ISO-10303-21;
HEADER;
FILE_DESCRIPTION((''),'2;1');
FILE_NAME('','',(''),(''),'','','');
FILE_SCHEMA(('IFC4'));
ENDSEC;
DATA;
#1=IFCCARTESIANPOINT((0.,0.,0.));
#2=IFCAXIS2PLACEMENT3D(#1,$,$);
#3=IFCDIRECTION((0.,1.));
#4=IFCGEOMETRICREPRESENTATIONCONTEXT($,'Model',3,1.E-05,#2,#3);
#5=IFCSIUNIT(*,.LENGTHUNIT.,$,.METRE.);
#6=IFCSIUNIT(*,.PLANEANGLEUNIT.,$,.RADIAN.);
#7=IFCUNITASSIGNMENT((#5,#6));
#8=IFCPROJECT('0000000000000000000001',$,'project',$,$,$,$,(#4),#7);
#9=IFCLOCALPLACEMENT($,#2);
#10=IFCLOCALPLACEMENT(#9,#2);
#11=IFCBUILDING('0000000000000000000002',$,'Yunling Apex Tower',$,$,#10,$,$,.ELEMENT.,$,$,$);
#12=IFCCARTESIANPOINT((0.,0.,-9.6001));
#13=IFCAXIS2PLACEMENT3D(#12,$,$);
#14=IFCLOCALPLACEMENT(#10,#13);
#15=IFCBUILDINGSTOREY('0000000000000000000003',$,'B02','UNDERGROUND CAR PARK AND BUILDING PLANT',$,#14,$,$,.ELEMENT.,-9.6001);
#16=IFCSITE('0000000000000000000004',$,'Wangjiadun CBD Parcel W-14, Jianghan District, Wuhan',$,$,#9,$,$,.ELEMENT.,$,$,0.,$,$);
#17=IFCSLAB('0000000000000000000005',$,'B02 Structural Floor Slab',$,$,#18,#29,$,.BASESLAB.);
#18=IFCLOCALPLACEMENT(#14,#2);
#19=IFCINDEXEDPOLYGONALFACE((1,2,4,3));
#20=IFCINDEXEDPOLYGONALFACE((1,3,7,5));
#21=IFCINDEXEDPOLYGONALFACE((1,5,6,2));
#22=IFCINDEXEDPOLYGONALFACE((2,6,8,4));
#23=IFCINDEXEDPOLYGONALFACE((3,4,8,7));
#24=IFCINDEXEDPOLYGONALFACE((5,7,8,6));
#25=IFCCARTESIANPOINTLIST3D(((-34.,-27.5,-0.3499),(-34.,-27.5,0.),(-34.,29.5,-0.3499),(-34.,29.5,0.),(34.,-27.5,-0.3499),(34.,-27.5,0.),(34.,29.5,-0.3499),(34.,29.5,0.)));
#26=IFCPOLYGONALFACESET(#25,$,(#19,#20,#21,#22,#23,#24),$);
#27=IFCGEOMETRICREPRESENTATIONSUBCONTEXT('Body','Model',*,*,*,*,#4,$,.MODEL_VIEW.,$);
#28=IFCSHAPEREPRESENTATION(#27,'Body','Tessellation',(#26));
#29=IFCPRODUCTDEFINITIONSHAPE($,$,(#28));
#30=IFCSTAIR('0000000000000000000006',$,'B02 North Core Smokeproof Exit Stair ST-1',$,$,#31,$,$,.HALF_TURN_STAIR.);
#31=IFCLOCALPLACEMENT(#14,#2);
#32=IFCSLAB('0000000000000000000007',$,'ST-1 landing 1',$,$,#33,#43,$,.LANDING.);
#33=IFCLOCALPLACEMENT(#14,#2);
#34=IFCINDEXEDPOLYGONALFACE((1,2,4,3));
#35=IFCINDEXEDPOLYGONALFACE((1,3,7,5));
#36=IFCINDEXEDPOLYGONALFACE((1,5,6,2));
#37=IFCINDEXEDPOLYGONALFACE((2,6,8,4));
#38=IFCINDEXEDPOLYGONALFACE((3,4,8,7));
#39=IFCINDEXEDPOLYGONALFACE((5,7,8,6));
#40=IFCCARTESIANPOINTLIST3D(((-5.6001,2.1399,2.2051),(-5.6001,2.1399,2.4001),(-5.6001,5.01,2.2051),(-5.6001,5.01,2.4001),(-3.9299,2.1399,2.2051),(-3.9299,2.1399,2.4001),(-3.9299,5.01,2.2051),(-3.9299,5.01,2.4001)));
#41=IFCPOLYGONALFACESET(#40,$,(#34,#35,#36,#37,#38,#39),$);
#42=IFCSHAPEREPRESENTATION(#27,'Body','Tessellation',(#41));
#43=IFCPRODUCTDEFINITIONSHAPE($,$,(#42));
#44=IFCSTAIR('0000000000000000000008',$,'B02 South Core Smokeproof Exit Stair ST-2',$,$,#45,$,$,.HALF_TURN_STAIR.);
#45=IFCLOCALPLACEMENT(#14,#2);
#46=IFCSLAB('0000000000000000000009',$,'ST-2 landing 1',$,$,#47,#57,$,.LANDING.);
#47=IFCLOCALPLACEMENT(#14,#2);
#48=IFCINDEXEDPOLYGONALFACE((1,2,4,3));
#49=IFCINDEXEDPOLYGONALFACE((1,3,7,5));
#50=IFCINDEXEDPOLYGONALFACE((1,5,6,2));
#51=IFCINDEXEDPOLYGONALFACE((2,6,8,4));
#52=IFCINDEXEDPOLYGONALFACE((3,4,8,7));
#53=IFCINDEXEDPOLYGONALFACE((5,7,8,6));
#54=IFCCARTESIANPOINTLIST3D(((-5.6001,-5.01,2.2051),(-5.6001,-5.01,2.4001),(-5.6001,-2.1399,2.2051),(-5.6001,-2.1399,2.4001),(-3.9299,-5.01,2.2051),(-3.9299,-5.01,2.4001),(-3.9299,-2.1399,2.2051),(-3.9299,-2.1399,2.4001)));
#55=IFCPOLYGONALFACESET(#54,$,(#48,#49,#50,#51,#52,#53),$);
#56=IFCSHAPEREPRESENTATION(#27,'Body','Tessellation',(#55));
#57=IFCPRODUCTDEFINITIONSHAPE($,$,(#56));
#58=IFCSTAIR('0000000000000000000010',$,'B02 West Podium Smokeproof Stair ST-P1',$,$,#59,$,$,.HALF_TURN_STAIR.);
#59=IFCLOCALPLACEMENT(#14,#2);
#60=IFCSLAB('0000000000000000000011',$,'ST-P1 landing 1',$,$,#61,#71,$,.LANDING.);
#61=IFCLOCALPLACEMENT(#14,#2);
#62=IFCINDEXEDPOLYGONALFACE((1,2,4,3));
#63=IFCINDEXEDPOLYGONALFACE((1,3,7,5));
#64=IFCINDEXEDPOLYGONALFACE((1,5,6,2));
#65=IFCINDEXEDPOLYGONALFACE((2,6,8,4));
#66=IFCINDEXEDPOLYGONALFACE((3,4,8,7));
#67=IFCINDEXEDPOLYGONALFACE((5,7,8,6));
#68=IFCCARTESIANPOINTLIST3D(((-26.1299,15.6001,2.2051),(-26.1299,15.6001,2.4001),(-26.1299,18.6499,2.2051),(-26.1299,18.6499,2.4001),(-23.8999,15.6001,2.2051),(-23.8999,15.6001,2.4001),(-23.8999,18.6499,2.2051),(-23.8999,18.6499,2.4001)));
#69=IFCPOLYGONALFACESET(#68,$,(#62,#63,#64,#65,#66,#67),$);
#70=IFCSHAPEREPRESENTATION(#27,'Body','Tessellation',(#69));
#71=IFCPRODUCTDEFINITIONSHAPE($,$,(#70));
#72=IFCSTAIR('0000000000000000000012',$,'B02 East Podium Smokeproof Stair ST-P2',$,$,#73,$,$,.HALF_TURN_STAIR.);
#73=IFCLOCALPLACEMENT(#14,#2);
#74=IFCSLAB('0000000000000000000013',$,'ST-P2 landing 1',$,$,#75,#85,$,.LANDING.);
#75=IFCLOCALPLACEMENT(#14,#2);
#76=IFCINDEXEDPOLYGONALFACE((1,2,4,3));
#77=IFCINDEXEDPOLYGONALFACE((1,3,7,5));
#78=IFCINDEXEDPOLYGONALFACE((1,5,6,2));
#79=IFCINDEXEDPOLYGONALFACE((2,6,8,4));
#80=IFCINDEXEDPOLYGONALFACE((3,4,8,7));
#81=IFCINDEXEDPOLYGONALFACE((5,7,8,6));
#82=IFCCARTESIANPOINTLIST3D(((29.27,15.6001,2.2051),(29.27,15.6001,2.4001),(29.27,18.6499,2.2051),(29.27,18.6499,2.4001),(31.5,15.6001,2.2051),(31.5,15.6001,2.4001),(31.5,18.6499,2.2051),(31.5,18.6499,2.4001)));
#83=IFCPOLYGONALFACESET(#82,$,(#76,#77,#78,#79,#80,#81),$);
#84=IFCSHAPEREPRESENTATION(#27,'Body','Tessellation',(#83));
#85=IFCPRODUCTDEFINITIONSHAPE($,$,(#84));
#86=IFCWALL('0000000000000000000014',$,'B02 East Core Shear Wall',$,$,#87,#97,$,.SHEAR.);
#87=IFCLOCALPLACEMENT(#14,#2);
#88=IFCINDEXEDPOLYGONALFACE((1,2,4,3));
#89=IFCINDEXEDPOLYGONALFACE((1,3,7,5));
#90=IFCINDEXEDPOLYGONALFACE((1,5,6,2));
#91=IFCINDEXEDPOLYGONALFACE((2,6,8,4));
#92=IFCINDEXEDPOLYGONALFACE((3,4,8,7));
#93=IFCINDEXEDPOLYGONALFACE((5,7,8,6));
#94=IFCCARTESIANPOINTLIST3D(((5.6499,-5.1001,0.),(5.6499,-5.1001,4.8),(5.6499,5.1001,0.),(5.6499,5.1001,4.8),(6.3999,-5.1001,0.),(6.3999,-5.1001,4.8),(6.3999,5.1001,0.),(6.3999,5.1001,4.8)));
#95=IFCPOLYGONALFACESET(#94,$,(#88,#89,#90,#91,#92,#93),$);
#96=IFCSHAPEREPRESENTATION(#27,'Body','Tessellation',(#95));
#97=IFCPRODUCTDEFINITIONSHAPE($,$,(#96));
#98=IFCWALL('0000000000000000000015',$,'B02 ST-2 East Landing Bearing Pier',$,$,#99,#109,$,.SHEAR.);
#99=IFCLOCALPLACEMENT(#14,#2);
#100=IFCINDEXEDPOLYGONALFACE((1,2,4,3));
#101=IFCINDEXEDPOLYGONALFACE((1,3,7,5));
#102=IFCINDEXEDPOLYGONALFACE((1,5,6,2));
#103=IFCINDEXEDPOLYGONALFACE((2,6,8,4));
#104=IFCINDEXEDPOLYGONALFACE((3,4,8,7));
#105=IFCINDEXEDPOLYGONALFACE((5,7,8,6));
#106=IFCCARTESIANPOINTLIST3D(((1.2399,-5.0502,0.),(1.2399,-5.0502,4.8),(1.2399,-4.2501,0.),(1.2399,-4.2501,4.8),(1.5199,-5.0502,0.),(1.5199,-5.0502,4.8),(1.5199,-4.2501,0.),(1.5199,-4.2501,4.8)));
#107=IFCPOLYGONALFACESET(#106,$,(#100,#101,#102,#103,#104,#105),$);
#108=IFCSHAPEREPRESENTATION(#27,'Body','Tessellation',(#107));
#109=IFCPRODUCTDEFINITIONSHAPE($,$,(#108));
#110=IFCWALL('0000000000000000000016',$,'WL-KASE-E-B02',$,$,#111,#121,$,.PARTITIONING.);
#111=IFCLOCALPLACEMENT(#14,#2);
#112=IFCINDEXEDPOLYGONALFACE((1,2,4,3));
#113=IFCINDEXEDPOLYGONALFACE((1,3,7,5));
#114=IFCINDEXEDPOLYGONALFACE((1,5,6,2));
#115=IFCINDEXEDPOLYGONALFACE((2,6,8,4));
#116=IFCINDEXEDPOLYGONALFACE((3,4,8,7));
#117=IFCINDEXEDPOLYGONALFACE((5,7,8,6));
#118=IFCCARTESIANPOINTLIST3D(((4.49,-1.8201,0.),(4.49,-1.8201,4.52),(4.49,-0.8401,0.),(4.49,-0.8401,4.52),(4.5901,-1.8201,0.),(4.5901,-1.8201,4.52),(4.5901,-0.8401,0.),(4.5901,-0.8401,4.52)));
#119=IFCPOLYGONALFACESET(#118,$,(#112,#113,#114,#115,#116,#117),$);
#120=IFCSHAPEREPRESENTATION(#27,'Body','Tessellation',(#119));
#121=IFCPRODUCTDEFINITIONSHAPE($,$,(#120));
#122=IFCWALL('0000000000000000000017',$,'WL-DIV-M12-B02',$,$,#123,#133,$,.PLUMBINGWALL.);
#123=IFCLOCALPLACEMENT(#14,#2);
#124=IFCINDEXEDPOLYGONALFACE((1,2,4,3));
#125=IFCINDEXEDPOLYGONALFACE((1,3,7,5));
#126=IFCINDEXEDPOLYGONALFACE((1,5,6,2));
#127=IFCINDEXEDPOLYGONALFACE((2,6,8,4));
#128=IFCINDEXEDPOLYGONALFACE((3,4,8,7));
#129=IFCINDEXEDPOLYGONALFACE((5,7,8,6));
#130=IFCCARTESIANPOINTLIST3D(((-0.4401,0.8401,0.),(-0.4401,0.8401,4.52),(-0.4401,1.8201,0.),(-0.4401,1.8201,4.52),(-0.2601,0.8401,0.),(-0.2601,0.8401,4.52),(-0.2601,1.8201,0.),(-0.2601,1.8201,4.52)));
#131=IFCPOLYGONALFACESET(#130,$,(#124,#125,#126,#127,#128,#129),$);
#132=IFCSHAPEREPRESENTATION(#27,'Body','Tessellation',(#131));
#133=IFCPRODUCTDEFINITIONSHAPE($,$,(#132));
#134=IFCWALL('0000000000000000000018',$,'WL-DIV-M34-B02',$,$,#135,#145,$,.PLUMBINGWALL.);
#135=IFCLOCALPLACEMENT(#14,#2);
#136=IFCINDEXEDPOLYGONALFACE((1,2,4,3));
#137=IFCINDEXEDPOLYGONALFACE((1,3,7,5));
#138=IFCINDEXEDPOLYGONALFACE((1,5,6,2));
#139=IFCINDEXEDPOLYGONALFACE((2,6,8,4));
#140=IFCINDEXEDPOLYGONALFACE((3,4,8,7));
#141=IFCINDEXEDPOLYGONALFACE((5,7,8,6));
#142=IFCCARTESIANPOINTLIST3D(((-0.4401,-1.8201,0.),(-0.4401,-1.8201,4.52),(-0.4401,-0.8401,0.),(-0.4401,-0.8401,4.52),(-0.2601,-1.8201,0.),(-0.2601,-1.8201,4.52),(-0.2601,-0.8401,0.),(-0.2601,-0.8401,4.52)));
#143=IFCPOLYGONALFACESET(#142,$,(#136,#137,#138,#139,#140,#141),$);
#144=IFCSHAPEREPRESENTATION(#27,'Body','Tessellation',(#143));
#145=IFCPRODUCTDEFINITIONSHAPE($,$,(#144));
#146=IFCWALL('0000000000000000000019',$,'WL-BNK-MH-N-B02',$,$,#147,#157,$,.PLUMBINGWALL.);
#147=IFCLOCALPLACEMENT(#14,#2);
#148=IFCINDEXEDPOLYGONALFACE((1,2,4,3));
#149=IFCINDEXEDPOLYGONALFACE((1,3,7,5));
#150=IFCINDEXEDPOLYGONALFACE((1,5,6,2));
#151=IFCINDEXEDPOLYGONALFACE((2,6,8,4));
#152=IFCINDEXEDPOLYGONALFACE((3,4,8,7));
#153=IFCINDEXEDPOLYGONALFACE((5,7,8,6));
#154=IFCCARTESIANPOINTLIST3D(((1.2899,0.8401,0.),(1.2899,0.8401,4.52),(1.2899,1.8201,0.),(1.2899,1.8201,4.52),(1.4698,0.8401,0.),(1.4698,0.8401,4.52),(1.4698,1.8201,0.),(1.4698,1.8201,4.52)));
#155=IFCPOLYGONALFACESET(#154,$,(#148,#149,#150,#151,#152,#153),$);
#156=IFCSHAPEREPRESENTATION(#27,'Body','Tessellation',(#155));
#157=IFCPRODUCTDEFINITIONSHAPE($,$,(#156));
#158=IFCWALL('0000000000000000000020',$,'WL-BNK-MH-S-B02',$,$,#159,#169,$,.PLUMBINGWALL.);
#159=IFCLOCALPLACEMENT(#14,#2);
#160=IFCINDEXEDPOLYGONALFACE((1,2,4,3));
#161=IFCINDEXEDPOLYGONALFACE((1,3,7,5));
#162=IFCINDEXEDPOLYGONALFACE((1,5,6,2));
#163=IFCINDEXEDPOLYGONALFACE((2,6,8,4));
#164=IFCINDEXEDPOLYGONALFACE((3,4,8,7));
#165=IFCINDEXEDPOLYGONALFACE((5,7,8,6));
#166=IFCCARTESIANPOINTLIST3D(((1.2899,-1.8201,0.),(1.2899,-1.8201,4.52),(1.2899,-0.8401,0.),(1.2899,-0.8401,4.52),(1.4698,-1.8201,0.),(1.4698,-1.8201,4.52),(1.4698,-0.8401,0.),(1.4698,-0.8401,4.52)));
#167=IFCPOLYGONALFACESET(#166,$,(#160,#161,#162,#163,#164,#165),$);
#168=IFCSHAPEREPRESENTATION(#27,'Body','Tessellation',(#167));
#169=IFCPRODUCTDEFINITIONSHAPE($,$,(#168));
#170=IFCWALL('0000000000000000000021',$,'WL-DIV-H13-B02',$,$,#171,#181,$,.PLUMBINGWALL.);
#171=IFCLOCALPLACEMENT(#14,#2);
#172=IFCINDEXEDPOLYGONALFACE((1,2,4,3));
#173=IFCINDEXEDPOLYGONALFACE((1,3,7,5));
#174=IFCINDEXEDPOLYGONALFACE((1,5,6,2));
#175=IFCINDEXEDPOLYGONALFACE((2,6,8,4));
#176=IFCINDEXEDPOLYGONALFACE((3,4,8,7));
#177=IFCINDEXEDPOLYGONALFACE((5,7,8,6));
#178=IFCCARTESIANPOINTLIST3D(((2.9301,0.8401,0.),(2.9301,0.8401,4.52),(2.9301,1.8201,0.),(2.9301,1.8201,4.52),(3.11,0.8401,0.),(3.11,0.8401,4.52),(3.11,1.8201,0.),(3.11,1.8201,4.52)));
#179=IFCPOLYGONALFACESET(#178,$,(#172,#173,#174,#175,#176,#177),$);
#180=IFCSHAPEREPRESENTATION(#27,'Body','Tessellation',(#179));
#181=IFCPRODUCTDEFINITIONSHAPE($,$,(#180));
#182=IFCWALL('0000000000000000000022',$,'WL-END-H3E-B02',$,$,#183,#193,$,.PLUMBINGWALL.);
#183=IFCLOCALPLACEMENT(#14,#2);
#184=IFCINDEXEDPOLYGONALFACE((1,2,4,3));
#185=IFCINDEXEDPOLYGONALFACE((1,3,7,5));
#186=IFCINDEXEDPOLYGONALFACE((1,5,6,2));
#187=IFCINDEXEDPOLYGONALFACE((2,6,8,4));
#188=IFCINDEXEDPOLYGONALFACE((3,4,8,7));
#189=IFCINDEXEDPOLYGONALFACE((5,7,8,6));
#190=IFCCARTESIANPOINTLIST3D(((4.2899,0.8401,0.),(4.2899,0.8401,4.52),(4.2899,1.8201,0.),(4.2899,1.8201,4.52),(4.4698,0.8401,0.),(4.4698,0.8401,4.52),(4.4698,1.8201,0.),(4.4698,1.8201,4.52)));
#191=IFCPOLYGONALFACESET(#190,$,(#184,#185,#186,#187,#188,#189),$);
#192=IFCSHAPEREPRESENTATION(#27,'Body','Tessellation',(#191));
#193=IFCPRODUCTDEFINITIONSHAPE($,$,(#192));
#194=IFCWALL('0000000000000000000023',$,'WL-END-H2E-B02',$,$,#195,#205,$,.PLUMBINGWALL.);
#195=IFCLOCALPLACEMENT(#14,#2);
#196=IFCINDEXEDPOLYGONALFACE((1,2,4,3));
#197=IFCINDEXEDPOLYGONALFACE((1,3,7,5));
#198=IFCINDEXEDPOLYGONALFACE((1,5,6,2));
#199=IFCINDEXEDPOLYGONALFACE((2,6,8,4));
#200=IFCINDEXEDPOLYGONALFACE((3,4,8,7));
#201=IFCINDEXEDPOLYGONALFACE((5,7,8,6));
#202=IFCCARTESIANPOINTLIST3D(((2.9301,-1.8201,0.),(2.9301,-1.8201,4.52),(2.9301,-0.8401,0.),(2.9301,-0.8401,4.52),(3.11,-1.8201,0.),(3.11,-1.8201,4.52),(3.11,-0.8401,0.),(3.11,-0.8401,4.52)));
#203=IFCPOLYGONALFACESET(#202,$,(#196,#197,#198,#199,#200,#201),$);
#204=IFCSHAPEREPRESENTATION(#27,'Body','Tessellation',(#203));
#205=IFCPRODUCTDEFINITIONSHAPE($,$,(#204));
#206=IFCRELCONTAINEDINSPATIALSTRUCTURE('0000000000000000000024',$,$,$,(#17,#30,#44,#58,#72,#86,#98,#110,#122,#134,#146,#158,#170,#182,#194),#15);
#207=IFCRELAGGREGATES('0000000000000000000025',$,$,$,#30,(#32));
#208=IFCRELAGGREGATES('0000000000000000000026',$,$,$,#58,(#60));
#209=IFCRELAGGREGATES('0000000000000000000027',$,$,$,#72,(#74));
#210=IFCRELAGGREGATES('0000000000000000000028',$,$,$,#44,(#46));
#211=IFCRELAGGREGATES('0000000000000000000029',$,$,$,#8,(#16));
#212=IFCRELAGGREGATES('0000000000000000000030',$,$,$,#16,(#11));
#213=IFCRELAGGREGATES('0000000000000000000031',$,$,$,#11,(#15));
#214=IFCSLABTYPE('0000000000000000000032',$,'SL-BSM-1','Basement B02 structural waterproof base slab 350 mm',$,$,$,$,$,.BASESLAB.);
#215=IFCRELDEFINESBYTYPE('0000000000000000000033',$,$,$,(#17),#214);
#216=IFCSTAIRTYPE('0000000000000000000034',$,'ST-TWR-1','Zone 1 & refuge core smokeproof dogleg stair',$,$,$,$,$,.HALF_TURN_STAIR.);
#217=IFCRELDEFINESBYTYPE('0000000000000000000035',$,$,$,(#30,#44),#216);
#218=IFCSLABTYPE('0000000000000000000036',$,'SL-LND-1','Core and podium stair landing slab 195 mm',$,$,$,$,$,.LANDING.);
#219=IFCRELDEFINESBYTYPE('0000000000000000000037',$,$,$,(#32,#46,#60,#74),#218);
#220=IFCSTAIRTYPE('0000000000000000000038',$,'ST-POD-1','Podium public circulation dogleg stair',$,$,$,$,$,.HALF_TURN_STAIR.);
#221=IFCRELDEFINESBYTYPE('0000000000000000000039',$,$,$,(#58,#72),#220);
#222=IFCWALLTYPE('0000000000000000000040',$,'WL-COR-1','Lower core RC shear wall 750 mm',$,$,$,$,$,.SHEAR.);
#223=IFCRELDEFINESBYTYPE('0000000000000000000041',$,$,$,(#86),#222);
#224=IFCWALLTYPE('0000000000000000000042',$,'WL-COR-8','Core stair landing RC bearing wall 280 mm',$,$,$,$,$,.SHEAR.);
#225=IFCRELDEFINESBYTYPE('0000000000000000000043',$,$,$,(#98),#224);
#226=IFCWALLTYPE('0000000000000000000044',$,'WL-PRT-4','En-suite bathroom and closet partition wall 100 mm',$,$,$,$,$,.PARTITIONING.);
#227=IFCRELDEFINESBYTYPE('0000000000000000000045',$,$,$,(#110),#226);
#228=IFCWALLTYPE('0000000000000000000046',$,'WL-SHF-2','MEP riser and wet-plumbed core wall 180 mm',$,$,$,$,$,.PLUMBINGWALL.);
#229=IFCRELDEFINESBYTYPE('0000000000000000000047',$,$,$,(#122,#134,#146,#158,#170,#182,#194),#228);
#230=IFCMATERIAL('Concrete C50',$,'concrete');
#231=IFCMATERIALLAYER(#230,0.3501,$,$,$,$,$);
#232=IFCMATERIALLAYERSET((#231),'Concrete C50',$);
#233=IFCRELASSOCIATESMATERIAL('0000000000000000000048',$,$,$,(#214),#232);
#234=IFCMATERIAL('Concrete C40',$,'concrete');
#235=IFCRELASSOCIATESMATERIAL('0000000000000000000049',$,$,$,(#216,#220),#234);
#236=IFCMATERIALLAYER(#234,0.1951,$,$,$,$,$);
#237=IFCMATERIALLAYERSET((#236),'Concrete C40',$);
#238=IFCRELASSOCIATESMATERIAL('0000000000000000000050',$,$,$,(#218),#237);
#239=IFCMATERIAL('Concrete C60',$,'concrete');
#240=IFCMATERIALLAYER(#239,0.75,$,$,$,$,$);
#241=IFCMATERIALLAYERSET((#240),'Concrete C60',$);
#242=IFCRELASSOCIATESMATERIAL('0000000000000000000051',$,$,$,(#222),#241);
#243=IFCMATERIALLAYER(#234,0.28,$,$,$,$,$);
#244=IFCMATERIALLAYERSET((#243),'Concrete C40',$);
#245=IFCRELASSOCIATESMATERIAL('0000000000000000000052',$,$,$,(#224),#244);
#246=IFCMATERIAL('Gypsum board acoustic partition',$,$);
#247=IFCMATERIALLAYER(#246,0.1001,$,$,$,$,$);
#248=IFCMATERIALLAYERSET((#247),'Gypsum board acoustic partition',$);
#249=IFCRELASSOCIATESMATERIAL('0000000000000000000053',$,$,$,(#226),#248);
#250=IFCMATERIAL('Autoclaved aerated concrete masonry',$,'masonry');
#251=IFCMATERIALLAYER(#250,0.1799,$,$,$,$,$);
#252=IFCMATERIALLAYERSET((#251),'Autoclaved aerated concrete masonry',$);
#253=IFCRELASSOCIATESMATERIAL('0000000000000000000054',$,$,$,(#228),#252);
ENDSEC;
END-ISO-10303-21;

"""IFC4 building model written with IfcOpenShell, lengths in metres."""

from ifc_helpers import new_model, si_unit, direction, frame, frame_2d, origin, place, context, subcontext, project, spatial, polyline, rectangle, outline, extrude, material, layer, layer_set, type_object, element, aggregate, save


model = new_model("IFC4")

# Units and contexts
model_context = context("Model", 3, precision=1e-05, world=origin(), true_north=direction((0.0, 1.0)))
body_context = subcontext(model_context, "Body", "Model", "MODEL_VIEW")
ifc_project = project(units=[si_unit("LENGTHUNIT", "METRE"), si_unit("PLANEANGLEUNIT", "RADIAN")], contexts=[model_context])

# Site, building, storey
site_placement = place(None, origin())
site = spatial("IfcSite", under=ifc_project, at=site_placement, Name="Wangjiadun CBD Parcel W-14, Jianghan District, Wuhan", CompositionType="ELEMENT", RefElevation=0.0)
building_placement = place(site_placement, origin())
building = spatial("IfcBuilding", under=site, at=building_placement, Name="Yunling Apex Tower", CompositionType="ELEMENT")
storey_placement = place(building_placement, frame((0.0, 0.0, -9.6001)))
storey = spatial("IfcBuildingStorey", under=building, at=storey_placement, Name="B02", Description="UNDERGROUND CAR PARK AND BUILDING PLANT", CompositionType="ELEMENT", Elevation=-9.6001)

# Shared definitions
ifc_material_1 = material(Name="Concrete C50", Category="concrete")

# Slab
ifc_layer_1 = layer(ifc_material_1, 0.3501)
ifc_layer_set_1 = layer_set([ifc_layer_1], Name="Concrete C50")
slab_type_1 = type_object("IfcSlabType", Name="SL-BSM-1", Description="Basement B02 structural waterproof base slab 350 mm", PredefinedType="BASESLAB", material=ifc_layer_set_1)
slab_1_placement = place(storey_placement, frame((0.0, 0.0, -0.3499)))
element("IfcSlab", 1, at=slab_1_placement, inside=storey, type_object=slab_type_1, Name="B02 Structural Floor Slab", PredefinedType="BASESLAB", context=body_context, shape_type="SweptSolid", body=[
    extrude(outline(polyline([(-34.0, -27.5), (34.0, -27.5), (34.0, 29.5), (-34.0, 29.5), (-34.0, -27.5)])), origin(), (0.0, 0.0, 1.0), 0.3499),
])

# Stairs, slabs
ifc_material_2 = material(Name="Concrete C40", Category="concrete")
stair_type_1 = type_object("IfcStairType", Name="ST-TWR-1", Description="Zone 1 & refuge core smokeproof dogleg stair", PredefinedType="HALF_TURN_STAIR", material=ifc_material_2)
stair_1_placement = place(storey_placement, origin())
stair_1 = element("IfcStair", 2, at=stair_1_placement, inside=storey, type_object=stair_type_1, Name="B02 North Core Smokeproof Exit Stair ST-1", PredefinedType="HALF_TURN_STAIR")
ifc_layer_2 = layer(ifc_material_2, 0.1951)
ifc_layer_set_2 = layer_set([ifc_layer_2], Name="Concrete C40")
slab_type_2 = type_object("IfcSlabType", Name="SL-LND-1", Description="Core and podium stair landing slab 195 mm", PredefinedType="LANDING", material=ifc_layer_set_2)
slab_2_placement = place(storey_placement, frame((0.0, 0.0, 2.2051)))
slab_2 = element("IfcSlab", 3, at=slab_2_placement, type_object=slab_type_2, Name="ST-1 landing 1", PredefinedType="LANDING", context=body_context, shape_type="SweptSolid", body=[
    extrude(outline(polyline([(-3.9299, 5.01), (-5.6001, 5.01), (-5.6001, 2.1399), (-3.9299, 2.1399), (-3.9299, 5.01)])), origin(), (0.0, 0.0, 1.0), 0.1951),
])
aggregate(stair_1, [slab_2])
stair_2_placement = place(storey_placement, origin())
stair_2 = element("IfcStair", 4, at=stair_2_placement, inside=storey, type_object=stair_type_1, Name="B02 South Core Smokeproof Exit Stair ST-2", PredefinedType="HALF_TURN_STAIR")
slab_3_placement = place(storey_placement, frame((0.0, 0.0, 2.2051)))
slab_3 = element("IfcSlab", 5, at=slab_3_placement, type_object=slab_type_2, Name="ST-2 landing 1", PredefinedType="LANDING", context=body_context, shape_type="SweptSolid", body=[
    extrude(outline(polyline([(-3.9299, -2.1399), (-5.6001, -2.1399), (-5.6001, -5.01), (-3.9299, -5.01), (-3.9299, -2.1399)])), origin(), (0.0, 0.0, 1.0), 0.1951),
])
stair_type_2 = type_object("IfcStairType", Name="ST-POD-1", Description="Podium public circulation dogleg stair", PredefinedType="HALF_TURN_STAIR", material=ifc_material_2)
stair_3_placement = place(storey_placement, origin())
stair_3 = element("IfcStair", 6, at=stair_3_placement, inside=storey, type_object=stair_type_2, Name="B02 West Podium Smokeproof Stair ST-P1", PredefinedType="HALF_TURN_STAIR")
slab_4_placement = place(storey_placement, frame((0.0, 0.0, 2.2051)))
slab_4 = element("IfcSlab", 7, at=slab_4_placement, type_object=slab_type_2, Name="ST-P1 landing 1", PredefinedType="LANDING", context=body_context, shape_type="SweptSolid", body=[
    extrude(outline(polyline([(-26.1299, 15.6001), (-23.8999, 15.6001), (-23.8999, 18.6499), (-26.1299, 18.6499), (-26.1299, 15.6001)])), origin(), (0.0, 0.0, 1.0), 0.1951),
])
aggregate(stair_3, [slab_4])
stair_4_placement = place(storey_placement, origin())
stair_4 = element("IfcStair", 8, at=stair_4_placement, inside=storey, type_object=stair_type_2, Name="B02 East Podium Smokeproof Stair ST-P2", PredefinedType="HALF_TURN_STAIR")
slab_5_placement = place(storey_placement, frame((0.0, 0.0, 2.2051)))
slab_5 = element("IfcSlab", 9, at=slab_5_placement, type_object=slab_type_2, Name="ST-P2 landing 1", PredefinedType="LANDING", context=body_context, shape_type="SweptSolid", body=[
    extrude(outline(polyline([(29.27, 15.6001), (31.5, 15.6001), (31.5, 18.6499), (29.27, 18.6499), (29.27, 15.6001)])), origin(), (0.0, 0.0, 1.0), 0.1951),
])
aggregate(stair_4, [slab_5])

# Walls
ifc_material_3 = material(Name="Concrete C60", Category="concrete")
ifc_layer_3 = layer(ifc_material_3, 0.75)
ifc_layer_set_3 = layer_set([ifc_layer_3], Name="Concrete C60")
wall_type_1 = type_object("IfcWallType", Name="WL-COR-1", Description="Lower core RC shear wall 750 mm", PredefinedType="SHEAR", material=ifc_layer_set_3)
wall_1_placement = place(storey_placement, frame((6.0249, -5.1001, 0.0), z_axis=(0.0, 0.0, 1.0), x_axis=(0.0, 1.0, 0.0)))
element("IfcWall", 10, at=wall_1_placement, inside=storey, type_object=wall_type_1, Name="B02 East Core Shear Wall", PredefinedType="SHEAR", context=body_context, shape_type="SweptSolid", body=[
    extrude(rectangle(XDim=10.2002, YDim=0.75, at=frame_2d((5.1001, 0.0))), origin(), (0.0, 0.0, 1.0), 4.8),
])
ifc_layer_4 = layer(ifc_material_2, 0.28)
ifc_layer_set_4 = layer_set([ifc_layer_4], Name="Concrete C40")
wall_type_2 = type_object("IfcWallType", Name="WL-COR-8", Description="Core stair landing RC bearing wall 280 mm", PredefinedType="SHEAR", material=ifc_layer_set_4)
wall_2_placement = place(storey_placement, frame((1.3799, -5.05, 0.0), z_axis=(0.0, 0.0, 1.0), x_axis=(0.0, 1.0, 0.0)))
element("IfcWall", 11, at=wall_2_placement, inside=storey, type_object=wall_type_2, Name="B02 ST-2 East Landing Bearing Pier", PredefinedType="SHEAR", context=body_context, shape_type="SweptSolid", body=[
    extrude(rectangle(XDim=0.8, YDim=0.28, at=frame_2d((0.3999, 0.0))), origin(), (0.0, 0.0, 1.0), 4.8),
])
ifc_material_4 = material(Name="Gypsum board acoustic partition")
ifc_layer_5 = layer(ifc_material_4, 0.1001)
ifc_layer_set_5 = layer_set([ifc_layer_5], Name="Gypsum board acoustic partition")
wall_type_3 = type_object("IfcWallType", Name="WL-PRT-4", Description="En-suite bathroom and closet partition wall 100 mm", PredefinedType="PARTITIONING", material=ifc_layer_set_5)
wall_3_placement = place(storey_placement, frame((4.54, -1.8201, 0.0), z_axis=(0.0, 0.0, 1.0), x_axis=(0.0, 1.0, 0.0)))
element("IfcWall", 12, at=wall_3_placement, inside=storey, type_object=wall_type_3, Name="WL-KASE-E-B02", PredefinedType="PARTITIONING", context=body_context, shape_type="SweptSolid", body=[
    extrude(rectangle(XDim=0.98, YDim=0.1001, at=frame_2d((0.49, 0.0))), origin(), (0.0, 0.0, 1.0), 4.52),
])

# Shared definitions
ifc_material_5 = material(Name="Autoclaved aerated concrete masonry", Category="masonry")

# Walls
ifc_layer_6 = layer(ifc_material_5, 0.1799)
ifc_layer_set_6 = layer_set([ifc_layer_6], Name="Autoclaved aerated concrete masonry")
wall_type_4 = type_object("IfcWallType", Name="WL-SHF-2", Description="MEP riser and wet-plumbed core wall 180 mm", PredefinedType="PLUMBINGWALL", material=ifc_layer_set_6)
for number, where, z_axis, x_axis, name in (
    (13, (-0.3501, 0.8401, 0.0), (0.0, 0.0, 1.0), (0.0, 1.0, 0.0), "WL-DIV-M12-B02"),
    (14, (-0.3501, -1.8201, 0.0), (0.0, 0.0, 1.0), (0.0, 1.0, 0.0), "WL-DIV-M34-B02"),
    (15, (1.3799, 0.8401, 0.0), (0.0, 0.0, 1.0), (0.0, 1.0, 0.0), "WL-BNK-MH-N-B02"),
    (16, (1.3799, -1.8201, 0.0), (0.0, 0.0, 1.0), (0.0, 1.0, 0.0), "WL-BNK-MH-S-B02"),
    (17, (3.02, 0.8401, 0.0), (0.0, 0.0, 1.0), (0.0, 1.0, 0.0), "WL-DIV-H13-B02"),
    (18, (4.3799, 0.8401, 0.0), (0.0, 0.0, 1.0), (0.0, 1.0, 0.0), "WL-END-H3E-B02"),
    (19, (3.02, -1.8201, 0.0), (0.0, 0.0, 1.0), (0.0, 1.0, 0.0), "WL-END-H2E-B02"),
):
    element("IfcWall", number, at=place(storey_placement, frame(where, z_axis=z_axis, x_axis=x_axis)), inside=storey, type_object=wall_type_4, Name=name, PredefinedType="PLUMBINGWALL", context=body_context, shape_type="SweptSolid", body=[
        extrude(rectangle(XDim=0.98, YDim=0.1799, at=frame_2d((0.49, 0.0))), origin(), (0.0, 0.0, 1.0), 4.52),
    ])

aggregate(stair_2, [slab_3])

save(model, "model.ifc")
